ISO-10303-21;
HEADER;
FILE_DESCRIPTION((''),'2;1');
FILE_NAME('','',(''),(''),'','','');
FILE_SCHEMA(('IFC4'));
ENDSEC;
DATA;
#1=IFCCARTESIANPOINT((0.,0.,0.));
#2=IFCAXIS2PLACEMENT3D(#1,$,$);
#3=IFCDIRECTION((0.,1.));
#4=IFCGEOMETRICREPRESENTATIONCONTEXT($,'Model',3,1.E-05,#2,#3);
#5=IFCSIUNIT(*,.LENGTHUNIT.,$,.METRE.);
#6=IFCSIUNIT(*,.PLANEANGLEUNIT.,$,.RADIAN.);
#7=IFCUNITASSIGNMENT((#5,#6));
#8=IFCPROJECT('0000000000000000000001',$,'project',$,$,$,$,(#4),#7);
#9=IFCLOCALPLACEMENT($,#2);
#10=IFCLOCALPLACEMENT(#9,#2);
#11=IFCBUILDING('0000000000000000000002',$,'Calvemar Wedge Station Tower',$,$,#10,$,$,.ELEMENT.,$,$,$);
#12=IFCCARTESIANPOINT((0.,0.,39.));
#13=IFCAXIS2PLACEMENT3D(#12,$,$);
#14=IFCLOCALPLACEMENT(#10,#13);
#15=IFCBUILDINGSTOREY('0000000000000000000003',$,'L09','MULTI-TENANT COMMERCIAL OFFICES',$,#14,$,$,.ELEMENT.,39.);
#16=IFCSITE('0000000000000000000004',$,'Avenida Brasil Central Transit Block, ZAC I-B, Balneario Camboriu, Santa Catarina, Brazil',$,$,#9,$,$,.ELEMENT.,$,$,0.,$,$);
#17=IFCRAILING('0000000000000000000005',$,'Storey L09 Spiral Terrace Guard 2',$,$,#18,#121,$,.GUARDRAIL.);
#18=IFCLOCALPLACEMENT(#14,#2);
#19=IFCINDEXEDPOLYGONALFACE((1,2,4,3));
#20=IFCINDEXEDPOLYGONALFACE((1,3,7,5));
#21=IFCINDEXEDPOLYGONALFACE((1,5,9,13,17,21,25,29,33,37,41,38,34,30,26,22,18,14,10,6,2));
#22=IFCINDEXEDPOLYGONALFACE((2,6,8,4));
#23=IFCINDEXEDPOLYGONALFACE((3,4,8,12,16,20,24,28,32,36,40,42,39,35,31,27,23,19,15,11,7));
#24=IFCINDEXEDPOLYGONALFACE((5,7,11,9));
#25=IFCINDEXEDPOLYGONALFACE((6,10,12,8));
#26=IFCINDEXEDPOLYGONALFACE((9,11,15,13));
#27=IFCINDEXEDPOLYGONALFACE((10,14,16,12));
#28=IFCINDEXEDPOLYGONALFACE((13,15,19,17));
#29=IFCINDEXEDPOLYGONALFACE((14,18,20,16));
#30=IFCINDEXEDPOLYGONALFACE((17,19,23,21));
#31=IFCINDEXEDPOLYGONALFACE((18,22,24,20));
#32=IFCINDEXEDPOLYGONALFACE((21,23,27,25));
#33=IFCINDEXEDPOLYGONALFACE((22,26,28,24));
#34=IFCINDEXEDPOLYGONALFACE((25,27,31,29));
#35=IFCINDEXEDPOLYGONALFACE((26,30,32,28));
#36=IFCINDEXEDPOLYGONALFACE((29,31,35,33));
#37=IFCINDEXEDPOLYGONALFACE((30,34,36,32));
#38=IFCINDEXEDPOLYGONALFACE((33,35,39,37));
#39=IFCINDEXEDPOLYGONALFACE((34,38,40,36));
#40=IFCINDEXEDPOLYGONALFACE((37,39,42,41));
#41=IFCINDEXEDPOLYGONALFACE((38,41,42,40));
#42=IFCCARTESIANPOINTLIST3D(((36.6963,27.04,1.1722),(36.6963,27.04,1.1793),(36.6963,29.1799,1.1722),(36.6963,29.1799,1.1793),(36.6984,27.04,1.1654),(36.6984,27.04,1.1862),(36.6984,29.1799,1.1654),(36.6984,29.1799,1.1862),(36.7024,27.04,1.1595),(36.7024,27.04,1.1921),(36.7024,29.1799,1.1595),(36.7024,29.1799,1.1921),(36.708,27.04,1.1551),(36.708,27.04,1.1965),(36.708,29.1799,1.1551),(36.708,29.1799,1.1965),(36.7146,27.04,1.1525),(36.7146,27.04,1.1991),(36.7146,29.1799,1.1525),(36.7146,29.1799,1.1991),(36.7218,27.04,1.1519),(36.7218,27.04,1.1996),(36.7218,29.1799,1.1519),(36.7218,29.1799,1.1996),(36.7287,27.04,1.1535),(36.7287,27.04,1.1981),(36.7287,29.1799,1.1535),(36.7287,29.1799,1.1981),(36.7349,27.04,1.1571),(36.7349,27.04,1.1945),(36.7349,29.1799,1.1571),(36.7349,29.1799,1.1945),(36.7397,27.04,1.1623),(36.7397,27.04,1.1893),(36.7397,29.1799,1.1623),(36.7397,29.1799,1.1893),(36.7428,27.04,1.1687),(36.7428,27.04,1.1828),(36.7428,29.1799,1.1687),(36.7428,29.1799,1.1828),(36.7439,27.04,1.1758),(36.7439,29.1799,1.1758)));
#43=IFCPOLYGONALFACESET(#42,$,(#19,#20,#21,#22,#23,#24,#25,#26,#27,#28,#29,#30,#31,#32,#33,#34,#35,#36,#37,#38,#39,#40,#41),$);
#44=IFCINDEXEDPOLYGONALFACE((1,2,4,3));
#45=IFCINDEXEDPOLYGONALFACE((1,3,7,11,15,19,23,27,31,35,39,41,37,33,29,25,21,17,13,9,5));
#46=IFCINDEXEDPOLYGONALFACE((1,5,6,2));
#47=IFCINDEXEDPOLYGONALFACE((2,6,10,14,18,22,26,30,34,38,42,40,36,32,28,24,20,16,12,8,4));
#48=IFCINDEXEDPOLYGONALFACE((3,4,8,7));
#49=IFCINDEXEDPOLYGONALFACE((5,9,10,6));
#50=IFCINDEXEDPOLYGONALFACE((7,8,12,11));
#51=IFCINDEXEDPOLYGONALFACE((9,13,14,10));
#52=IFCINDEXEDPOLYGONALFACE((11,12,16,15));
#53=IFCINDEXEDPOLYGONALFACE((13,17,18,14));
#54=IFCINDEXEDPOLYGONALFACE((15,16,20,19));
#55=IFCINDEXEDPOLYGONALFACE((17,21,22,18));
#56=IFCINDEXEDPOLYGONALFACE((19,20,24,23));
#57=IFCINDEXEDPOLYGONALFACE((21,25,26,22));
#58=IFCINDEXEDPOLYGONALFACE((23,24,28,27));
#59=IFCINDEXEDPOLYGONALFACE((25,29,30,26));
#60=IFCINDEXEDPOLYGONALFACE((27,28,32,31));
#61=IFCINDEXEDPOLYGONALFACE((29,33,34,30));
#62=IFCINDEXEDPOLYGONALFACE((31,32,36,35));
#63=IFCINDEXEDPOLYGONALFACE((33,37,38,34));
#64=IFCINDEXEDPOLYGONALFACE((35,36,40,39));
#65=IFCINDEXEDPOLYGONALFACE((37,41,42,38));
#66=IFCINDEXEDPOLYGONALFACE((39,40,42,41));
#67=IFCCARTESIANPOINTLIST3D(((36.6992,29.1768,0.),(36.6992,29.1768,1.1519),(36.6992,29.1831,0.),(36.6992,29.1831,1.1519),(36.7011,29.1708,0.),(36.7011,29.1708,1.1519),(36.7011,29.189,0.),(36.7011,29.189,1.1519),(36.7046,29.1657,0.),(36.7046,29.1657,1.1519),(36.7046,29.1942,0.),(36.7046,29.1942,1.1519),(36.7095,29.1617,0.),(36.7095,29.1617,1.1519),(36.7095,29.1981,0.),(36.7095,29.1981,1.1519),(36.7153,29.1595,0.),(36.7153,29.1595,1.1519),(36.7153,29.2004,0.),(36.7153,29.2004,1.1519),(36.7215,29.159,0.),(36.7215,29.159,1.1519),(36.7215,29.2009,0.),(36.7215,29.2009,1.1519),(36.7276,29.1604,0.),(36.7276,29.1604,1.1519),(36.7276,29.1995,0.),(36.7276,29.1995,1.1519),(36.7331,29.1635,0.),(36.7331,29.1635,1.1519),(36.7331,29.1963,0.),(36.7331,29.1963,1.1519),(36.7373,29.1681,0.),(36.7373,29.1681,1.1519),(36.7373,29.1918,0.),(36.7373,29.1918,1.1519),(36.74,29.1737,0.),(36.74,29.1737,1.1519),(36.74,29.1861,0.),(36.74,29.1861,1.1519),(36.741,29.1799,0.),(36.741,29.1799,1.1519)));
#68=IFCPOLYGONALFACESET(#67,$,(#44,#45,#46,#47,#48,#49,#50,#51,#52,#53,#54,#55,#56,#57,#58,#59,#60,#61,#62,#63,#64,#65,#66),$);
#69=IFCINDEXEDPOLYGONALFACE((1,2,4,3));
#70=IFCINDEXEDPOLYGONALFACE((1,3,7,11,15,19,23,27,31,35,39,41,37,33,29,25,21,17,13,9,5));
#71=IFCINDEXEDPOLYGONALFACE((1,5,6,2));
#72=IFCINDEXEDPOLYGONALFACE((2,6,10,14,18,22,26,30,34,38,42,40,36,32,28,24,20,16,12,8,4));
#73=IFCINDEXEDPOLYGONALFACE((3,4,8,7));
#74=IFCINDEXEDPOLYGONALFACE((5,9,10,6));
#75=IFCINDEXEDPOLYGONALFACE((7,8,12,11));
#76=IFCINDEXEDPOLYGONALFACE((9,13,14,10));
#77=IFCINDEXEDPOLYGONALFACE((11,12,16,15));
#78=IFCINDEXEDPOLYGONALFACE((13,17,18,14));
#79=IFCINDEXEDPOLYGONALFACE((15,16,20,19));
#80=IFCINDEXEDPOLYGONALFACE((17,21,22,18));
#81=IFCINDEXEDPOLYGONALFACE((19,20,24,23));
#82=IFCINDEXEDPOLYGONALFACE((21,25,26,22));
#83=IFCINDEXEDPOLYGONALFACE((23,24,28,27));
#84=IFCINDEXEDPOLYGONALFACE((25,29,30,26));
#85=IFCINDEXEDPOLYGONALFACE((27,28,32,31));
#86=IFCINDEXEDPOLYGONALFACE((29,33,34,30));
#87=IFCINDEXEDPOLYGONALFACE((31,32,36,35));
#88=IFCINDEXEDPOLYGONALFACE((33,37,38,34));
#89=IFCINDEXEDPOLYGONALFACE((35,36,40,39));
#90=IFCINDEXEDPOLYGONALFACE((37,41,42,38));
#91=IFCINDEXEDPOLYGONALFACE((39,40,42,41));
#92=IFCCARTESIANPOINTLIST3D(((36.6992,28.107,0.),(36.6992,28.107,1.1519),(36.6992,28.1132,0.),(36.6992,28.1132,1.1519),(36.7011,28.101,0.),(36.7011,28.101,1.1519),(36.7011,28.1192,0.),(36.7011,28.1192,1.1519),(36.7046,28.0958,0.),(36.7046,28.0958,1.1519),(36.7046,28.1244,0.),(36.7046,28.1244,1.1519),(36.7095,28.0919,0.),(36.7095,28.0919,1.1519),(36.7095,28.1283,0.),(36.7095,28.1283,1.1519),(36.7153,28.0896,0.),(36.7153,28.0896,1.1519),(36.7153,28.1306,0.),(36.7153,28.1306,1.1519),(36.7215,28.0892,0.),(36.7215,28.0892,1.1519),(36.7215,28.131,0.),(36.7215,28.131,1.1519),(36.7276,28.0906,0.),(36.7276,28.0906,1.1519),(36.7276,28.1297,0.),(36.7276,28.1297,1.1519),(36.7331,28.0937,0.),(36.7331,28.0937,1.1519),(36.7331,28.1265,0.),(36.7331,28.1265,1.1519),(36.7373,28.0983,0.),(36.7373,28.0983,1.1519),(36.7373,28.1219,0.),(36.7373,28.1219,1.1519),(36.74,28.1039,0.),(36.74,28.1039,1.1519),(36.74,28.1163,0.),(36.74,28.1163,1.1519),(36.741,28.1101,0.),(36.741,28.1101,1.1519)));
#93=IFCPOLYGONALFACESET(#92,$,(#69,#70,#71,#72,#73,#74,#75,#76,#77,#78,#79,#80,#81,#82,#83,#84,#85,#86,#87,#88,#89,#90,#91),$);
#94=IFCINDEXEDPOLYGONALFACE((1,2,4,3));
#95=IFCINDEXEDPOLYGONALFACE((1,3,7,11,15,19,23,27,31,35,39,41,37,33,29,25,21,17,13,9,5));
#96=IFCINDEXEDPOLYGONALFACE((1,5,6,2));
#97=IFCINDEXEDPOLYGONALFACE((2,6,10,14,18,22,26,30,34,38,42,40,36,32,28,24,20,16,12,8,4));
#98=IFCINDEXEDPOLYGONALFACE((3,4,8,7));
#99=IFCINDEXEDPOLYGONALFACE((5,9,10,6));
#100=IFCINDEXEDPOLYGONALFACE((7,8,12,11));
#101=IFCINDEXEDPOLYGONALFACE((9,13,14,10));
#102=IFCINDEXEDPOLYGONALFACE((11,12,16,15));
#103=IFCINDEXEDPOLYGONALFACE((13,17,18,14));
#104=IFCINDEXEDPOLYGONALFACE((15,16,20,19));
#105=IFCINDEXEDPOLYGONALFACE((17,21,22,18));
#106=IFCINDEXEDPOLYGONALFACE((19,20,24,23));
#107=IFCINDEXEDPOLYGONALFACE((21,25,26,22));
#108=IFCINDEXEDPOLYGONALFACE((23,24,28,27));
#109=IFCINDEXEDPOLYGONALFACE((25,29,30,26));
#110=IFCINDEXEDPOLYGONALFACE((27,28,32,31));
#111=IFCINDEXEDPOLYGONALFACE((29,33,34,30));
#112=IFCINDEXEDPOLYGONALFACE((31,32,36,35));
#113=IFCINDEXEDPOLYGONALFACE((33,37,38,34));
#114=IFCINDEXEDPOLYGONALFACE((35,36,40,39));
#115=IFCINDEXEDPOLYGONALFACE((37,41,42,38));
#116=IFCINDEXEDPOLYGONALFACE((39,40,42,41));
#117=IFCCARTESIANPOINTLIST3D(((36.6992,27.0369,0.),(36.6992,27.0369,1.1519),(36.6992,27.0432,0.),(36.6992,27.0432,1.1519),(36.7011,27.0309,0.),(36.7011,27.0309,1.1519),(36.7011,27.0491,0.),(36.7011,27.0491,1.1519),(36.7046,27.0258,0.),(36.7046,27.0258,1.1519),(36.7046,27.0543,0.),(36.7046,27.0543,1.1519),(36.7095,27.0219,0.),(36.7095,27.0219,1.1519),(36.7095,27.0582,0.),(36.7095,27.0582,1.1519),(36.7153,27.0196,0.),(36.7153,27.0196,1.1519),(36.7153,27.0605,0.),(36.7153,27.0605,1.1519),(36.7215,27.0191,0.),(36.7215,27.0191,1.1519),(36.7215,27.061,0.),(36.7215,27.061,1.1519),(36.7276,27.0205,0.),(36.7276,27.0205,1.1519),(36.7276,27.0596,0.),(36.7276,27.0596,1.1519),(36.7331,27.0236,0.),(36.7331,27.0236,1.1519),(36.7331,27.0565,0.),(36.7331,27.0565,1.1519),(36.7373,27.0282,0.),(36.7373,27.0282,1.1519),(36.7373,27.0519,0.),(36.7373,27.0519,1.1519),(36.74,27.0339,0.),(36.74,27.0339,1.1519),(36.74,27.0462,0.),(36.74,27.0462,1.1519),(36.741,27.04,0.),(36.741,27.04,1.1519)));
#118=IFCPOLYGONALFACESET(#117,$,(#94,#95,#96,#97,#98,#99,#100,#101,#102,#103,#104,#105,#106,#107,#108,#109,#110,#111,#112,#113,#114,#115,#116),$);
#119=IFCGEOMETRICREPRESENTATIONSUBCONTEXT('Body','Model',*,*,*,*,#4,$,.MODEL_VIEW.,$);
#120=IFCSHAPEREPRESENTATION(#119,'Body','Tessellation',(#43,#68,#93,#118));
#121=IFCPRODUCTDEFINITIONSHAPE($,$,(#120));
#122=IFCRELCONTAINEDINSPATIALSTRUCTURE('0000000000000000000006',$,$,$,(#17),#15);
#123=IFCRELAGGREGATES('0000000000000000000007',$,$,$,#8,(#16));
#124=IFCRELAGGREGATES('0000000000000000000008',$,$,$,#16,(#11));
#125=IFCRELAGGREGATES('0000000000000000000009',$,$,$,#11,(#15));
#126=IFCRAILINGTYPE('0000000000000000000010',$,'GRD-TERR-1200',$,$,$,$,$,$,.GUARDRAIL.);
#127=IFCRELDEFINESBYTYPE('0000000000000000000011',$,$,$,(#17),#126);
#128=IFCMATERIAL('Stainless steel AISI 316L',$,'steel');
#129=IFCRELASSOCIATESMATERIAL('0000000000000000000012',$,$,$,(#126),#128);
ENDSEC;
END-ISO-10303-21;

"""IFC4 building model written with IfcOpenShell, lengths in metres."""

from ifc_helpers import new_model, si_unit, direction, frame, origin, origin_2d, place, context, subcontext, project, spatial, circle, extrude, material, type_object, element, save


model = new_model("IFC4")

# Units and contexts
model_context = context("Model", 3, precision=1e-05, world=origin(), true_north=direction((0.0, 1.0)))
body_context = subcontext(model_context, "Body", "Model", "MODEL_VIEW")
ifc_project = project(units=[si_unit("LENGTHUNIT", "METRE"), si_unit("PLANEANGLEUNIT", "RADIAN")], contexts=[model_context])

# Site, building, storey
site_placement = place(None, origin())
site = spatial("IfcSite", under=ifc_project, at=site_placement, Name="Avenida Brasil Central Transit Block, ZAC I-B, Balneario Camboriu, Santa Catarina, Brazil", CompositionType="ELEMENT", RefElevation=0.0)
building_placement = place(site_placement, origin())
building = spatial("IfcBuilding", under=site, at=building_placement, Name="Calvemar Wedge Station Tower", CompositionType="ELEMENT")
storey_placement = place(building_placement, frame((0.0, 0.0, 39.0)))
storey = spatial("IfcBuildingStorey", under=building, at=storey_placement, Name="L09", Description="MULTI-TENANT COMMERCIAL OFFICES", CompositionType="ELEMENT", Elevation=39.0)

# Railing
ifc_material_1 = material(Name="Stainless steel AISI 316L", Category="steel")
railing_type = type_object("IfcRailingType", Name="GRD-TERR-1200", PredefinedType="GUARDRAIL", material=ifc_material_1)
railing_1_placement = place(storey_placement, frame((36.72, 29.1799, 0.0)))
element("IfcRailing", 1, at=railing_1_placement, inside=storey, type_object=railing_type, Name="Storey L09 Spiral Terrace Guard 2", PredefinedType="GUARDRAIL", context=body_context, shape_type="SweptSolid", body=[
    extrude(circle(Radius=0.0239, at=origin_2d()), frame((0.0, 0.0, 1.1758), z_axis=(0.0, -1.0, 0.0), x_axis=(1.0, 0.0, 0.0)), (0.0, 0.0, 1.0), 2.1399),
    extrude(circle(Radius=0.021, at=origin_2d()), origin(), (0.0, 0.0, 1.0), 1.1519),
    extrude(circle(Radius=0.021, at=origin_2d()), frame((0.0, -1.0698, 0.0)), (0.0, 0.0, 1.0), 1.1519),
    extrude(circle(Radius=0.021, at=origin_2d()), frame((0.0, -2.1399, 0.0)), (0.0, 0.0, 1.0), 1.1519),
])

save(model, "model.ifc")
